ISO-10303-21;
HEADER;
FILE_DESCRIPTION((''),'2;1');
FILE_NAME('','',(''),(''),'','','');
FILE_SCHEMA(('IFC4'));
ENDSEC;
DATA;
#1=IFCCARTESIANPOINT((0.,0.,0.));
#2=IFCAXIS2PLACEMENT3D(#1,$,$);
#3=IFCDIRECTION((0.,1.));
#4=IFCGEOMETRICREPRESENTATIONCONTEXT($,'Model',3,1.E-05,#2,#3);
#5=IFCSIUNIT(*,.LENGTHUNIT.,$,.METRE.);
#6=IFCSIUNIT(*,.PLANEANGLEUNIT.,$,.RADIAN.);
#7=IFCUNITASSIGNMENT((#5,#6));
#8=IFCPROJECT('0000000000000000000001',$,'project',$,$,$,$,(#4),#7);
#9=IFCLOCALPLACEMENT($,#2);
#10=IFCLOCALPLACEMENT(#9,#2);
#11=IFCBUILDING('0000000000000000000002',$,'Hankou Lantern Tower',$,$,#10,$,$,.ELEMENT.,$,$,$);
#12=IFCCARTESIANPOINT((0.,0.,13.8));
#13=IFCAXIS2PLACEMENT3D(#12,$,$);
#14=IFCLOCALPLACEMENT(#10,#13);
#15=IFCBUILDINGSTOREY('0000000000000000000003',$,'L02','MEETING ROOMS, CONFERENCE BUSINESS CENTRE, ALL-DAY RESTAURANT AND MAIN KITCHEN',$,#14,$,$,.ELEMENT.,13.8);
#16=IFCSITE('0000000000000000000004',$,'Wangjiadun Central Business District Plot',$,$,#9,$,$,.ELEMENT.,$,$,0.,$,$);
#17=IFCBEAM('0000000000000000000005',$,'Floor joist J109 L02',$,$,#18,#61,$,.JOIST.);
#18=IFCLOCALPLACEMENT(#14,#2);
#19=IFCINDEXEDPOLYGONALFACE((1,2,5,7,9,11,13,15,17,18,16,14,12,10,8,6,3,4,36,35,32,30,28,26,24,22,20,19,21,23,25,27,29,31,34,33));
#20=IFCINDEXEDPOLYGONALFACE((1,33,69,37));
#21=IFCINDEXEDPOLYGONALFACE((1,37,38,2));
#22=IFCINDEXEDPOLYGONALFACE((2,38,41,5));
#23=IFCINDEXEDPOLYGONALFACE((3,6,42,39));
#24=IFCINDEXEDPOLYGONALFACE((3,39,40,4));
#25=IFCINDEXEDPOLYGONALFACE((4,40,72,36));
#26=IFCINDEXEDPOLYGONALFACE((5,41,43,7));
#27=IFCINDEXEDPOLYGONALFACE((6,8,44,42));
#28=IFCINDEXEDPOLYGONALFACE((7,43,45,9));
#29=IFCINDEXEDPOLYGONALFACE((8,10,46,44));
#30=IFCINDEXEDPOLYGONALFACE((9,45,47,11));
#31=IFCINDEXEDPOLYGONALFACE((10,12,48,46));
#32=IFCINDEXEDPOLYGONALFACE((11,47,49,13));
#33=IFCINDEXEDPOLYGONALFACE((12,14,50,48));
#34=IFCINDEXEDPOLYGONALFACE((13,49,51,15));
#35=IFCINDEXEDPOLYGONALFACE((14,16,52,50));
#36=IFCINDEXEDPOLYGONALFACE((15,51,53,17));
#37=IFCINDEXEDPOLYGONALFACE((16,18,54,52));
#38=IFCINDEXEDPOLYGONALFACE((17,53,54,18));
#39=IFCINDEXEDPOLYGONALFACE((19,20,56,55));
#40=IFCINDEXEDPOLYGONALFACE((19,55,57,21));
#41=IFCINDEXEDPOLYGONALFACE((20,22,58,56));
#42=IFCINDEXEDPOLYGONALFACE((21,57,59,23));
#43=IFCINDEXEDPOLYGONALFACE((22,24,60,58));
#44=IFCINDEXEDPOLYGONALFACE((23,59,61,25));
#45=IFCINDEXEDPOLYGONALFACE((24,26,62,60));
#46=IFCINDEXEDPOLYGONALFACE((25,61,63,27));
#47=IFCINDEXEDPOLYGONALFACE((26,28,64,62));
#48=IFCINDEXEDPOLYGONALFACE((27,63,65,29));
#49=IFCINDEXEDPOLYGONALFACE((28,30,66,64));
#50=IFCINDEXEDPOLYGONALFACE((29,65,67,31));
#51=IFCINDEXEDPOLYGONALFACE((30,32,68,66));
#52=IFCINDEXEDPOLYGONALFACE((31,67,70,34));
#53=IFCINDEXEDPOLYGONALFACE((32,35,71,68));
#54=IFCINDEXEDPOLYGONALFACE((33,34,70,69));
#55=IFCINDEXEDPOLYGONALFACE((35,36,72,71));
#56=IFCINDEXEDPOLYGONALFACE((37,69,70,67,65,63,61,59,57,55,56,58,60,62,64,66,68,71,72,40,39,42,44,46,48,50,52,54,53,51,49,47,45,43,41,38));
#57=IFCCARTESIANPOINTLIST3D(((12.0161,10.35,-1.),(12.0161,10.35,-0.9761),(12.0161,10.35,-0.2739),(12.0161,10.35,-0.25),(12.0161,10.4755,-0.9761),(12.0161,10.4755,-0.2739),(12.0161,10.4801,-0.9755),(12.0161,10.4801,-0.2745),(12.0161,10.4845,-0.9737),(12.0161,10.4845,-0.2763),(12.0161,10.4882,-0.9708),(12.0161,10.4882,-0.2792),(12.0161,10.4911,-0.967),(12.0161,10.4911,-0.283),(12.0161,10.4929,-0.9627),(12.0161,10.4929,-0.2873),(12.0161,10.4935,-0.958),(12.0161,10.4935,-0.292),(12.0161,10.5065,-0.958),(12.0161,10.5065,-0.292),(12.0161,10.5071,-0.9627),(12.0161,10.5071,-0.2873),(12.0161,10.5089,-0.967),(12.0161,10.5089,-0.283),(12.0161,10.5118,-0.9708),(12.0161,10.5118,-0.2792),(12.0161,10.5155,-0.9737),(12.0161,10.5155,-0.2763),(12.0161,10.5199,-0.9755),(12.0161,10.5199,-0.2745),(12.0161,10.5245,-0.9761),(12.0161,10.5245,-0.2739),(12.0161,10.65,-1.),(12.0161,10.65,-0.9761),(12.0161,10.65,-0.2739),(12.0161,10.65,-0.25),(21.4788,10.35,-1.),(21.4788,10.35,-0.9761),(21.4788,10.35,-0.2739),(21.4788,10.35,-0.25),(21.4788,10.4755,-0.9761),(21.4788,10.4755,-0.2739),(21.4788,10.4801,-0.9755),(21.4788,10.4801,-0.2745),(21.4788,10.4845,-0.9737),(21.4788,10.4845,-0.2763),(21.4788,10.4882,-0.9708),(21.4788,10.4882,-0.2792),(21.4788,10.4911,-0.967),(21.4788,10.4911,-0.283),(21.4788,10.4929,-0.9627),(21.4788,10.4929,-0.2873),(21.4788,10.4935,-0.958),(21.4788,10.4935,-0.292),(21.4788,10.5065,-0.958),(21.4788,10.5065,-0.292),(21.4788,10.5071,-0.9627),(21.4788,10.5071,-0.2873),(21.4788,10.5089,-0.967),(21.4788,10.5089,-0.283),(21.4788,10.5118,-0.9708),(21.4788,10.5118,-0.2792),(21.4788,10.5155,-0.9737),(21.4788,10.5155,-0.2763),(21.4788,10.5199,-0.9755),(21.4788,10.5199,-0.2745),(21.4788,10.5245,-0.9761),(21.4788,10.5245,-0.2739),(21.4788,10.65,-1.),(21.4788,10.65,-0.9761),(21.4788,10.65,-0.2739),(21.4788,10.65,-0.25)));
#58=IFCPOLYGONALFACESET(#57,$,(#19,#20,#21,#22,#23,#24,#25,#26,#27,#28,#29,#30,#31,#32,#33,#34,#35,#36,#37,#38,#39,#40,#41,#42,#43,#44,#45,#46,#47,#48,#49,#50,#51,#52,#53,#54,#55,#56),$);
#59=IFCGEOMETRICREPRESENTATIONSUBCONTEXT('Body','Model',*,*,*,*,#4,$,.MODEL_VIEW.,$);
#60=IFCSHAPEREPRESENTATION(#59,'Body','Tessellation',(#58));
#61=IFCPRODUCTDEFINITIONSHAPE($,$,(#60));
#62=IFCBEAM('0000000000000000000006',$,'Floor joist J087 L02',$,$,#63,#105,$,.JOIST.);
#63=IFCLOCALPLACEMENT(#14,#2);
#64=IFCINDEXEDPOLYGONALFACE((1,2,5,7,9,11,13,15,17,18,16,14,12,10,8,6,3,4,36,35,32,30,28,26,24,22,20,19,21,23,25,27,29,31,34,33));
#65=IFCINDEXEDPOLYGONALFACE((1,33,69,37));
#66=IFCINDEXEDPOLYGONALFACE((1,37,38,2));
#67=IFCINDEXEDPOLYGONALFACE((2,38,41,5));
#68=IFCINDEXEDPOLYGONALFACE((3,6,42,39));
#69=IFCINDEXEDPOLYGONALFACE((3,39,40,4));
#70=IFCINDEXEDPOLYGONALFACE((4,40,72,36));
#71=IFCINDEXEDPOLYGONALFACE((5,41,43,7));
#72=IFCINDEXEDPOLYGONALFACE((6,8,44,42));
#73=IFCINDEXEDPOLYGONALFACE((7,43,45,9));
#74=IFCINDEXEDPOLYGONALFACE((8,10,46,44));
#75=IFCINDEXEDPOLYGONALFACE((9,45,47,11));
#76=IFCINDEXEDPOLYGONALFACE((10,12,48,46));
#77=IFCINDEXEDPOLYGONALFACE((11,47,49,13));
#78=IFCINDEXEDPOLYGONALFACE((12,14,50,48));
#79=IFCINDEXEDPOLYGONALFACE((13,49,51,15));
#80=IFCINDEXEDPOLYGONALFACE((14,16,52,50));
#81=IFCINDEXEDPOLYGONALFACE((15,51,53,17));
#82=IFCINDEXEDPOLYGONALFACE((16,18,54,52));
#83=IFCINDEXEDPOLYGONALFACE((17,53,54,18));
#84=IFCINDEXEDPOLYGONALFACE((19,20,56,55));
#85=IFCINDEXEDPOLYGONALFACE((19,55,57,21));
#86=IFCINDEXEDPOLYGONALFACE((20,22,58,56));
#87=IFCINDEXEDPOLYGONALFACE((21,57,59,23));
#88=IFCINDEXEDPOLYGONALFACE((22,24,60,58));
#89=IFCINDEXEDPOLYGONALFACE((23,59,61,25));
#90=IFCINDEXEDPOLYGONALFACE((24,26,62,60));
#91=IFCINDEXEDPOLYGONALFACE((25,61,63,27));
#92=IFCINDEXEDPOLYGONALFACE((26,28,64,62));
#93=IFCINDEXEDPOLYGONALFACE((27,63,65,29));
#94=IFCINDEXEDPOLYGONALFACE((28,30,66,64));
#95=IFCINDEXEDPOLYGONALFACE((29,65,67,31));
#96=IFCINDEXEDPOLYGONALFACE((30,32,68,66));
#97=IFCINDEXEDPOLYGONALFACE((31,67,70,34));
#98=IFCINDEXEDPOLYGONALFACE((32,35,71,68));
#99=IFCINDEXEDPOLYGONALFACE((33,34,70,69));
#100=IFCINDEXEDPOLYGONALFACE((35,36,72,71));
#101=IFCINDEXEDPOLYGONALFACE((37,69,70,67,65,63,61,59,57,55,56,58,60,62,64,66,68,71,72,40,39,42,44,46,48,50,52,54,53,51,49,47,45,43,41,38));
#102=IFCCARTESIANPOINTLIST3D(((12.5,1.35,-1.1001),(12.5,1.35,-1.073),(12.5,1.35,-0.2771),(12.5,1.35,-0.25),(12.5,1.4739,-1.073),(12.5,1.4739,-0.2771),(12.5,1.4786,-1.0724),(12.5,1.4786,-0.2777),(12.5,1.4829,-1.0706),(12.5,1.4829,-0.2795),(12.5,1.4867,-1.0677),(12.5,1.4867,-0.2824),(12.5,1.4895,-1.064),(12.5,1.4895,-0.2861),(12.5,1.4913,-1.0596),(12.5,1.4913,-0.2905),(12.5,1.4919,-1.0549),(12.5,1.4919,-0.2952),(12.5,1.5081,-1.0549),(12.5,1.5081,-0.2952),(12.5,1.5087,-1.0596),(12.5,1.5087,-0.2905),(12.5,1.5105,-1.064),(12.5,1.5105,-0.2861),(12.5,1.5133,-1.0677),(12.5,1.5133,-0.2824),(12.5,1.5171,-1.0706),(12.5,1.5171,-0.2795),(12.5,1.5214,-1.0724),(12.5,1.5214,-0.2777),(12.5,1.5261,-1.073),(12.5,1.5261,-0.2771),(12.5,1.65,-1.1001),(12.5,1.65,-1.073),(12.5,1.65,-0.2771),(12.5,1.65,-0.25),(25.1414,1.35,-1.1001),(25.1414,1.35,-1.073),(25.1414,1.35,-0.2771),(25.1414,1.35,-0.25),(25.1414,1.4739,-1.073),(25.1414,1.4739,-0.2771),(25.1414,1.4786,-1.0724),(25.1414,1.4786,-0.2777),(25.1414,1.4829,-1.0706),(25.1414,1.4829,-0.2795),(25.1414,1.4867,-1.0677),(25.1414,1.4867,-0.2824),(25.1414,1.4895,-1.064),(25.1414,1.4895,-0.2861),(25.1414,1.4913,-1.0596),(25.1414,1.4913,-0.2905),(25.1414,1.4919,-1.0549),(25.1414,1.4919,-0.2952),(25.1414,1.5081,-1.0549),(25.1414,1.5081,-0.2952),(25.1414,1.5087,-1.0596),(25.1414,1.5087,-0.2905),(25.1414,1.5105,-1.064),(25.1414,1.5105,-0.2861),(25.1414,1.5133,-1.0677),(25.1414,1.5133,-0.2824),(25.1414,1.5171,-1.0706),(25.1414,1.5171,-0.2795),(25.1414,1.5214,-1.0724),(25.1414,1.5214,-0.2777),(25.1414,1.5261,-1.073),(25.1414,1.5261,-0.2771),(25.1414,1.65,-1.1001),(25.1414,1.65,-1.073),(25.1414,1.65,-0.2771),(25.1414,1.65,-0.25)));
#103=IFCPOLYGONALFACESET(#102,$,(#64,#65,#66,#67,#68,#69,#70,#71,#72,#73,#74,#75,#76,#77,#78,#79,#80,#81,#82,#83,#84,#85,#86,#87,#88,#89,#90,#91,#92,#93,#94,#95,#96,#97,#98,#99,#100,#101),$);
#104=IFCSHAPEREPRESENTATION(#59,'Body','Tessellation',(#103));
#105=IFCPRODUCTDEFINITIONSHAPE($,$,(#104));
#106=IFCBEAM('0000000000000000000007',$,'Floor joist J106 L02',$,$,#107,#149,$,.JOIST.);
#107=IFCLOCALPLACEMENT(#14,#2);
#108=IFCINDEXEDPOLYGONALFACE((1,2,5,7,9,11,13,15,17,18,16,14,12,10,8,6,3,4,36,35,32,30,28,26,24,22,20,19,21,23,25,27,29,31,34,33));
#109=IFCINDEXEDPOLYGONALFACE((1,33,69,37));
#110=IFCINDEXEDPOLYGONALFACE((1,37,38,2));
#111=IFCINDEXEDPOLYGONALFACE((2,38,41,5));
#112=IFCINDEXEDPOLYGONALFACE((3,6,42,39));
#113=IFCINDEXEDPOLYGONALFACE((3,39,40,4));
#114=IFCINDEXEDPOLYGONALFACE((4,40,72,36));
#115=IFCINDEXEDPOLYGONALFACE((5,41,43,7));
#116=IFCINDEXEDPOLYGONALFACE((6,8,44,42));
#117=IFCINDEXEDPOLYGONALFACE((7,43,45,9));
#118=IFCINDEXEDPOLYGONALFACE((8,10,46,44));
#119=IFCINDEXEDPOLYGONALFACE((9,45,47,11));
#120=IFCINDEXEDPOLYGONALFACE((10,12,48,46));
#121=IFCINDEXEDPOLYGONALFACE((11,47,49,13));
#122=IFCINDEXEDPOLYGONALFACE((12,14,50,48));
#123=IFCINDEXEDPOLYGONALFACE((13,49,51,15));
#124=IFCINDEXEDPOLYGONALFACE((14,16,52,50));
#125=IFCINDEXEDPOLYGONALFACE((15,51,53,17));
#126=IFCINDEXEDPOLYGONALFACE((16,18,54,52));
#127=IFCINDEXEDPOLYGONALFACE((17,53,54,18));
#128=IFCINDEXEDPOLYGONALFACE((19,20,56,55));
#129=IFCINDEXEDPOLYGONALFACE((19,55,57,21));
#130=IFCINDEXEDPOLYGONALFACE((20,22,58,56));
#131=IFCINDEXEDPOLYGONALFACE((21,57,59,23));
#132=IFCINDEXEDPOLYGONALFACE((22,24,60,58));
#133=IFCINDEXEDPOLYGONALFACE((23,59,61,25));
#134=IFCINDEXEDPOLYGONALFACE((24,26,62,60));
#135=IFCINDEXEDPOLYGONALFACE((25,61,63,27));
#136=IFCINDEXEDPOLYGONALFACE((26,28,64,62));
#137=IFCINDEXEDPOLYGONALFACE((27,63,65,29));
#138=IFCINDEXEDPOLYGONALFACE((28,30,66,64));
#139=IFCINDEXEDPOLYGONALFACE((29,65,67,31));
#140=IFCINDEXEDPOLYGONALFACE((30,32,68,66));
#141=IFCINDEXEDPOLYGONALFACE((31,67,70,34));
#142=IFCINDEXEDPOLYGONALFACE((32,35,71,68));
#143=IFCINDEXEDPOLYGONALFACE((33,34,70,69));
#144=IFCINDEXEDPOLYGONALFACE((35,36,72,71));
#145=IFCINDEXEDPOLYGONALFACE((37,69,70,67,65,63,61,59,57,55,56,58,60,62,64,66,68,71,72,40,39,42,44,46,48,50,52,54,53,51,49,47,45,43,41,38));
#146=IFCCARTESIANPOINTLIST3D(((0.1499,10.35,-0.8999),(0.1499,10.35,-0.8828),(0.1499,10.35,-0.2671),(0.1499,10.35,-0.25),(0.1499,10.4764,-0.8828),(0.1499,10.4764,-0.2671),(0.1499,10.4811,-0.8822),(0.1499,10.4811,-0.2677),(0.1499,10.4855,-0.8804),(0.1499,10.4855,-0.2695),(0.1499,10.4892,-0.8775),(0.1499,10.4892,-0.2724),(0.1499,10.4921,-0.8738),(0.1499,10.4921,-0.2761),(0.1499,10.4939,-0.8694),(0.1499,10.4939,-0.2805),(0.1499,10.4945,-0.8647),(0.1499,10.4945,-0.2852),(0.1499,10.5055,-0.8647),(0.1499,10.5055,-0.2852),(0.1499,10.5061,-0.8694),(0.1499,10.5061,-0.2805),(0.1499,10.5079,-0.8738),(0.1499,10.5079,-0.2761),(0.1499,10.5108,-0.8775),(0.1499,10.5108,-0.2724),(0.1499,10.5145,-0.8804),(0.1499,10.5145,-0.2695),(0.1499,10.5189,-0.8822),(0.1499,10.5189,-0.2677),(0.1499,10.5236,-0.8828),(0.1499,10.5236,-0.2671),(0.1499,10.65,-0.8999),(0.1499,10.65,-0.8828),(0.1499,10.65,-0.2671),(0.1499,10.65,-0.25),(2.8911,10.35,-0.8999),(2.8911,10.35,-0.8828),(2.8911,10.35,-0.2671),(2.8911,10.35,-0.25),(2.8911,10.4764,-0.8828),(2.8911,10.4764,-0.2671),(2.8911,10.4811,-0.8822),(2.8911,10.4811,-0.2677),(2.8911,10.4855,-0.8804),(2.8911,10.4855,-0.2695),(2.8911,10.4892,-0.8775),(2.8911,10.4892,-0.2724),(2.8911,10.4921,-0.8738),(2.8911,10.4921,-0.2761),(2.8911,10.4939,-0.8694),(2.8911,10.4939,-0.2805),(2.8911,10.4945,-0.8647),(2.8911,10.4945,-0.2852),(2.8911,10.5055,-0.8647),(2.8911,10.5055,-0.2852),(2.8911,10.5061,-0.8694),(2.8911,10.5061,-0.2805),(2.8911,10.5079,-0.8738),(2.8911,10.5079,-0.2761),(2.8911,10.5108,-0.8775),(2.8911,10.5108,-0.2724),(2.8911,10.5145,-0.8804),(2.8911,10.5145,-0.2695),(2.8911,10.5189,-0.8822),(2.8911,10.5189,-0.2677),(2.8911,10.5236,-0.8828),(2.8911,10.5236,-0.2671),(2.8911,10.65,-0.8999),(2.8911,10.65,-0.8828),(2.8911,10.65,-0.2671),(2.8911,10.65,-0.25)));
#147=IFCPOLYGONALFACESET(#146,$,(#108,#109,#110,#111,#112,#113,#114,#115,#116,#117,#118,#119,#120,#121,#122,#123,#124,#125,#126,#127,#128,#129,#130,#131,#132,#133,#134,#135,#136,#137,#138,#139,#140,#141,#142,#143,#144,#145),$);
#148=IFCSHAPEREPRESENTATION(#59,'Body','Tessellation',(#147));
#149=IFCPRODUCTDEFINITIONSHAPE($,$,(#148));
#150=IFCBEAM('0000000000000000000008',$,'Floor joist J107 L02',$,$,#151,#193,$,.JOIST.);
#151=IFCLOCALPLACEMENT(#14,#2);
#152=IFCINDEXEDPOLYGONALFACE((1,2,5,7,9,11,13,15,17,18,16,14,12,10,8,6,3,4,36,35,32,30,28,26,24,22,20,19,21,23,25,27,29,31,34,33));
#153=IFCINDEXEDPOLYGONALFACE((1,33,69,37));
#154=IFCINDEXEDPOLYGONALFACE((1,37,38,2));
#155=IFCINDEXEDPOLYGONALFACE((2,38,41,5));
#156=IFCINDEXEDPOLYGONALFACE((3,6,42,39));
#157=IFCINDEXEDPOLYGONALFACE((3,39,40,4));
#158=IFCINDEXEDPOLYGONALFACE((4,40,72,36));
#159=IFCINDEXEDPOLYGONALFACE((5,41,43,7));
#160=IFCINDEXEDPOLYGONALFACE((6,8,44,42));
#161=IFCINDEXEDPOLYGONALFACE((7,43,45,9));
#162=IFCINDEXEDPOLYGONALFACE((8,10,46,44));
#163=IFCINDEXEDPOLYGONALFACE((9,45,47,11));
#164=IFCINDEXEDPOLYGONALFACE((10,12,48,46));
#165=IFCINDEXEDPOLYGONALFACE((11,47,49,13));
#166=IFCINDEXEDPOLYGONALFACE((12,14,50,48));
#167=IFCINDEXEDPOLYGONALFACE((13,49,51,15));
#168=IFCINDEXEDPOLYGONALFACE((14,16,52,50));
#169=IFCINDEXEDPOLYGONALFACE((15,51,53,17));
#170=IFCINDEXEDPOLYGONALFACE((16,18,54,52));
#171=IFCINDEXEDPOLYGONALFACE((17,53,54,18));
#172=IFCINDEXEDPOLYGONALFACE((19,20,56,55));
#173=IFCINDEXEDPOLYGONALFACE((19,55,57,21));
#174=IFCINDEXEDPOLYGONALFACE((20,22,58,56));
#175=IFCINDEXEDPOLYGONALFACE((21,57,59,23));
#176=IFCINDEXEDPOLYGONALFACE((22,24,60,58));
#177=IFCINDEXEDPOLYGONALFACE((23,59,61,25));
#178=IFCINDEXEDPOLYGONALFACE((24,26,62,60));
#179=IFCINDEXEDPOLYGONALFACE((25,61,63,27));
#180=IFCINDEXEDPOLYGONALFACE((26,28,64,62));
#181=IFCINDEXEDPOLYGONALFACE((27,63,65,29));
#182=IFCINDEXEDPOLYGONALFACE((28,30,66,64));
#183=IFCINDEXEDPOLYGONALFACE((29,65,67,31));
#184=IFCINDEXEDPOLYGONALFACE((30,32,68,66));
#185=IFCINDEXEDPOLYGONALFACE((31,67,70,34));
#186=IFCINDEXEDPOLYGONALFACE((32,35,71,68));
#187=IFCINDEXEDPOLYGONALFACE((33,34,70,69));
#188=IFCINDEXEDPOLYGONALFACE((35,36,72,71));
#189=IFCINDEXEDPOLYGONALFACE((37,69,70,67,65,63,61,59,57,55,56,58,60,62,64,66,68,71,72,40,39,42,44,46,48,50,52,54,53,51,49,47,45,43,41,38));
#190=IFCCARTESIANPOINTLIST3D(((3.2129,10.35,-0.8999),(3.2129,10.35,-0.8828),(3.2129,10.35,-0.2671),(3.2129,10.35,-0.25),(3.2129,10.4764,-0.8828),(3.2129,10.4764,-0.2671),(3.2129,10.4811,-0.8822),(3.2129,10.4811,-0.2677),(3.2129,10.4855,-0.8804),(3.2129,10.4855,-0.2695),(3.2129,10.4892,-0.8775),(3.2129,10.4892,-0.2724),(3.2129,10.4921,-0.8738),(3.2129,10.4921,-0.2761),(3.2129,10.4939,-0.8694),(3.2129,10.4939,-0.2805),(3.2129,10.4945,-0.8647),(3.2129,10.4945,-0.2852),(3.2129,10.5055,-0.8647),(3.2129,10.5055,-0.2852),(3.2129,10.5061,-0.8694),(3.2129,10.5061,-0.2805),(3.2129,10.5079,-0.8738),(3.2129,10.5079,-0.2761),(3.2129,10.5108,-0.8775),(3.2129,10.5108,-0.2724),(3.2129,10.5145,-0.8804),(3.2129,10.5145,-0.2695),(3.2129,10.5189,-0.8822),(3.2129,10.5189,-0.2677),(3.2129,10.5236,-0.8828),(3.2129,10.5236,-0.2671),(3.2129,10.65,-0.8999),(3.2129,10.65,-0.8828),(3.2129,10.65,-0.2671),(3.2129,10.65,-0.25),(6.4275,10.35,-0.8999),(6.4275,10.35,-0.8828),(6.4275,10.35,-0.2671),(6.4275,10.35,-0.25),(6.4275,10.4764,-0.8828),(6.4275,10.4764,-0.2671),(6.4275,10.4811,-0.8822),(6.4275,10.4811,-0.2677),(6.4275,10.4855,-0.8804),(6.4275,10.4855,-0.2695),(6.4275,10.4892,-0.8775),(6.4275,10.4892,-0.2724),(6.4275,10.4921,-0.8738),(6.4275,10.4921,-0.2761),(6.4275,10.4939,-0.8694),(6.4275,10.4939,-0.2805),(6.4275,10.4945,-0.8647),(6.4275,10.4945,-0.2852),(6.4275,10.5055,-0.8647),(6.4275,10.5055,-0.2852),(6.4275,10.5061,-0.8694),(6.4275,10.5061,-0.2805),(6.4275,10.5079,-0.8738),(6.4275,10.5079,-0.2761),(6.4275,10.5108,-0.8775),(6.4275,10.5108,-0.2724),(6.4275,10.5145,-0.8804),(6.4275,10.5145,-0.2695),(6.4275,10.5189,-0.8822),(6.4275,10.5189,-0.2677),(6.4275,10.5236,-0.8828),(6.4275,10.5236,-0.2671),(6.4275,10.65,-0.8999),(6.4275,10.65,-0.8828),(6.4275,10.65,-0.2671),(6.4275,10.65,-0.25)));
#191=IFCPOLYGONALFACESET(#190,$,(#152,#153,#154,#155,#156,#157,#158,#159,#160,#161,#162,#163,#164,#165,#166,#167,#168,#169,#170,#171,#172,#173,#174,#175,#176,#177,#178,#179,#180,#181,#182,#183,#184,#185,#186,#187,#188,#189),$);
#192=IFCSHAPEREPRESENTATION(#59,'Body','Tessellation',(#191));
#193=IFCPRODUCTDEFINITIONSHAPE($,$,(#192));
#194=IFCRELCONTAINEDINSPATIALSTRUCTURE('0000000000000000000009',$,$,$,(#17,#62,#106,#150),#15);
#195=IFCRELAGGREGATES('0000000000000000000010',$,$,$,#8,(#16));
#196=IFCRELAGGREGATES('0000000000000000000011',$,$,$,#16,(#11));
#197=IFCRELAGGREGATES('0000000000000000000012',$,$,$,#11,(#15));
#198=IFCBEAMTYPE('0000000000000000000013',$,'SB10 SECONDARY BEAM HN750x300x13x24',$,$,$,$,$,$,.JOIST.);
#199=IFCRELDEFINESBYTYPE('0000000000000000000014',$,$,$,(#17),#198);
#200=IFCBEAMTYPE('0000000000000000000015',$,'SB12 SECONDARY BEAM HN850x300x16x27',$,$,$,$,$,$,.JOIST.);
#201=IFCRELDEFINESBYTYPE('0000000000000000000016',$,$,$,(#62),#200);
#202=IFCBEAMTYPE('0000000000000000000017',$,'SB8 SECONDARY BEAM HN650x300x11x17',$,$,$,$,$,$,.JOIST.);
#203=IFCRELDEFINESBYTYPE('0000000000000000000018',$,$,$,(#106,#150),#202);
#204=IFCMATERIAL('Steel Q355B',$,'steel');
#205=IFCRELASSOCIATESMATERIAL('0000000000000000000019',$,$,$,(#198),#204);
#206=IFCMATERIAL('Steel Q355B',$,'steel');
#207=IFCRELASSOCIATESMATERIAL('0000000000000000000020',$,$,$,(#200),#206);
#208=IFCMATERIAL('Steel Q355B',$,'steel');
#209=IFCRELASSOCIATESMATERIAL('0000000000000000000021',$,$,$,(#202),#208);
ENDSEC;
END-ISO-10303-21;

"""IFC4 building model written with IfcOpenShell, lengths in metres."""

from ifc_helpers import new_model, si_unit, direction, frame, origin, origin_2d, place, context, subcontext, project, spatial, i_section, extrude, material, material_profile, profile_set, type_object, element, save


model = new_model("IFC4")

# Units and contexts
model_context = context("Model", 3, precision=1e-05, world=origin(), true_north=direction((0.0, 1.0)))
body_context = subcontext(model_context, "Body", "Model", "MODEL_VIEW")
ifc_project = project(units=[si_unit("LENGTHUNIT", "METRE"), si_unit("PLANEANGLEUNIT", "RADIAN")], contexts=[model_context])

# Site, building, storey
site_placement = place(None, origin())
site = spatial("IfcSite", under=ifc_project, at=site_placement, Name="Wangjiadun Central Business District Plot", CompositionType="ELEMENT", RefElevation=0.0)
building_placement = place(site_placement, origin())
building = spatial("IfcBuilding", under=site, at=building_placement, Name="Hankou Lantern Tower", CompositionType="ELEMENT")
storey_placement = place(building_placement, frame((0.0, 0.0, 13.8)))
storey = spatial("IfcBuildingStorey", under=building, at=storey_placement, Name="L02", Description="MEETING ROOMS, CONFERENCE BUSINESS CENTRE, ALL-DAY RESTAURANT AND MAIN KITCHEN", CompositionType="ELEMENT", Elevation=13.8)

# Beams
ifc_material_1 = material(Name="Steel Q355B", Category="steel")
ifc_material_profile_1 = material_profile(ifc_material_1, i_section(OverallWidth=0.3, OverallDepth=0.75, WebThickness=0.0129, FlangeThickness=0.0239, FilletRadius=0.0181, at=origin_2d()), Name="HN750x300x13x24")
ifc_profile_set_1 = profile_set([ifc_material_profile_1], Name="Steel Q355B")
beam_type_1 = type_object("IfcBeamType", Name="SB10 SECONDARY BEAM HN750x300x13x24", PredefinedType="JOIST", material=ifc_profile_set_1)
beam_1_placement = place(storey_placement, frame((12.0161, 10.5, -0.625), z_axis=(1.0, 0.0, 0.0), x_axis=(0.0, 1.0, 0.0)))
element("IfcBeam", 1, at=beam_1_placement, inside=storey, type_object=beam_type_1, Name="Floor joist J109 L02", PredefinedType="JOIST", context=body_context, shape_type="SweptSolid", body=[
    extrude(i_section(OverallWidth=0.3, OverallDepth=0.75, WebThickness=0.0129, FlangeThickness=0.0239, FilletRadius=0.0181, at=origin_2d()), origin(), (0.0, 0.0, 1.0), 9.4626),
])
ifc_material_2 = material(Name="Steel Q355B", Category="steel")
ifc_material_profile_2 = material_profile(ifc_material_2, i_section(OverallWidth=0.3, OverallDepth=0.8501, WebThickness=0.0161, FlangeThickness=0.0271, FilletRadius=0.0181, at=origin_2d()), Name="HN850x300x16x27")
ifc_profile_set_2 = profile_set([ifc_material_profile_2], Name="Steel Q355B")
beam_type_2 = type_object("IfcBeamType", Name="SB12 SECONDARY BEAM HN850x300x16x27", PredefinedType="JOIST", material=ifc_profile_set_2)
beam_2_placement = place(storey_placement, frame((12.5, 1.5, -0.675), z_axis=(1.0, 0.0, 0.0), x_axis=(0.0, 1.0, 0.0)))
element("IfcBeam", 2, at=beam_2_placement, inside=storey, type_object=beam_type_2, Name="Floor joist J087 L02", PredefinedType="JOIST", context=body_context, shape_type="SweptSolid", body=[
    extrude(i_section(OverallWidth=0.3, OverallDepth=0.8501, WebThickness=0.0161, FlangeThickness=0.0271, FilletRadius=0.0181, at=origin_2d()), origin(), (0.0, 0.0, 1.0), 12.6414),
])
ifc_material_3 = material(Name="Steel Q355B", Category="steel")
ifc_material_profile_3 = material_profile(ifc_material_3, i_section(OverallWidth=0.3, OverallDepth=0.6499, WebThickness=0.011, FlangeThickness=0.0171, FilletRadius=0.0181, at=origin_2d()), Name="HN650x300x11x17")
ifc_profile_set_3 = profile_set([ifc_material_profile_3], Name="Steel Q355B")
beam_type_3 = type_object("IfcBeamType", Name="SB8 SECONDARY BEAM HN650x300x11x17", PredefinedType="JOIST", material=ifc_profile_set_3)
beam_3_placement = place(storey_placement, frame((0.1499, 10.5, -0.575), z_axis=(1.0, 0.0, 0.0), x_axis=(0.0, 1.0, 0.0)))
element("IfcBeam", 3, at=beam_3_placement, inside=storey, type_object=beam_type_3, Name="Floor joist J106 L02", PredefinedType="JOIST", context=body_context, shape_type="SweptSolid", body=[
    extrude(i_section(OverallWidth=0.3, OverallDepth=0.6499, WebThickness=0.011, FlangeThickness=0.0171, FilletRadius=0.0181, at=origin_2d()), origin(), (0.0, 0.0, 1.0), 2.7412),
])
beam_4_placement = place(storey_placement, frame((3.2129, 10.5, -0.575), z_axis=(1.0, 0.0, 0.0), x_axis=(0.0, 1.0, 0.0)))
element("IfcBeam", 4, at=beam_4_placement, inside=storey, type_object=beam_type_3, Name="Floor joist J107 L02", PredefinedType="JOIST", context=body_context, shape_type="SweptSolid", body=[
    extrude(i_section(OverallWidth=0.3, OverallDepth=0.6499, WebThickness=0.011, FlangeThickness=0.0171, FilletRadius=0.0181, at=origin_2d()), origin(), (0.0, 0.0, 1.0), 3.2146),
])

save(model, "model.ifc")
